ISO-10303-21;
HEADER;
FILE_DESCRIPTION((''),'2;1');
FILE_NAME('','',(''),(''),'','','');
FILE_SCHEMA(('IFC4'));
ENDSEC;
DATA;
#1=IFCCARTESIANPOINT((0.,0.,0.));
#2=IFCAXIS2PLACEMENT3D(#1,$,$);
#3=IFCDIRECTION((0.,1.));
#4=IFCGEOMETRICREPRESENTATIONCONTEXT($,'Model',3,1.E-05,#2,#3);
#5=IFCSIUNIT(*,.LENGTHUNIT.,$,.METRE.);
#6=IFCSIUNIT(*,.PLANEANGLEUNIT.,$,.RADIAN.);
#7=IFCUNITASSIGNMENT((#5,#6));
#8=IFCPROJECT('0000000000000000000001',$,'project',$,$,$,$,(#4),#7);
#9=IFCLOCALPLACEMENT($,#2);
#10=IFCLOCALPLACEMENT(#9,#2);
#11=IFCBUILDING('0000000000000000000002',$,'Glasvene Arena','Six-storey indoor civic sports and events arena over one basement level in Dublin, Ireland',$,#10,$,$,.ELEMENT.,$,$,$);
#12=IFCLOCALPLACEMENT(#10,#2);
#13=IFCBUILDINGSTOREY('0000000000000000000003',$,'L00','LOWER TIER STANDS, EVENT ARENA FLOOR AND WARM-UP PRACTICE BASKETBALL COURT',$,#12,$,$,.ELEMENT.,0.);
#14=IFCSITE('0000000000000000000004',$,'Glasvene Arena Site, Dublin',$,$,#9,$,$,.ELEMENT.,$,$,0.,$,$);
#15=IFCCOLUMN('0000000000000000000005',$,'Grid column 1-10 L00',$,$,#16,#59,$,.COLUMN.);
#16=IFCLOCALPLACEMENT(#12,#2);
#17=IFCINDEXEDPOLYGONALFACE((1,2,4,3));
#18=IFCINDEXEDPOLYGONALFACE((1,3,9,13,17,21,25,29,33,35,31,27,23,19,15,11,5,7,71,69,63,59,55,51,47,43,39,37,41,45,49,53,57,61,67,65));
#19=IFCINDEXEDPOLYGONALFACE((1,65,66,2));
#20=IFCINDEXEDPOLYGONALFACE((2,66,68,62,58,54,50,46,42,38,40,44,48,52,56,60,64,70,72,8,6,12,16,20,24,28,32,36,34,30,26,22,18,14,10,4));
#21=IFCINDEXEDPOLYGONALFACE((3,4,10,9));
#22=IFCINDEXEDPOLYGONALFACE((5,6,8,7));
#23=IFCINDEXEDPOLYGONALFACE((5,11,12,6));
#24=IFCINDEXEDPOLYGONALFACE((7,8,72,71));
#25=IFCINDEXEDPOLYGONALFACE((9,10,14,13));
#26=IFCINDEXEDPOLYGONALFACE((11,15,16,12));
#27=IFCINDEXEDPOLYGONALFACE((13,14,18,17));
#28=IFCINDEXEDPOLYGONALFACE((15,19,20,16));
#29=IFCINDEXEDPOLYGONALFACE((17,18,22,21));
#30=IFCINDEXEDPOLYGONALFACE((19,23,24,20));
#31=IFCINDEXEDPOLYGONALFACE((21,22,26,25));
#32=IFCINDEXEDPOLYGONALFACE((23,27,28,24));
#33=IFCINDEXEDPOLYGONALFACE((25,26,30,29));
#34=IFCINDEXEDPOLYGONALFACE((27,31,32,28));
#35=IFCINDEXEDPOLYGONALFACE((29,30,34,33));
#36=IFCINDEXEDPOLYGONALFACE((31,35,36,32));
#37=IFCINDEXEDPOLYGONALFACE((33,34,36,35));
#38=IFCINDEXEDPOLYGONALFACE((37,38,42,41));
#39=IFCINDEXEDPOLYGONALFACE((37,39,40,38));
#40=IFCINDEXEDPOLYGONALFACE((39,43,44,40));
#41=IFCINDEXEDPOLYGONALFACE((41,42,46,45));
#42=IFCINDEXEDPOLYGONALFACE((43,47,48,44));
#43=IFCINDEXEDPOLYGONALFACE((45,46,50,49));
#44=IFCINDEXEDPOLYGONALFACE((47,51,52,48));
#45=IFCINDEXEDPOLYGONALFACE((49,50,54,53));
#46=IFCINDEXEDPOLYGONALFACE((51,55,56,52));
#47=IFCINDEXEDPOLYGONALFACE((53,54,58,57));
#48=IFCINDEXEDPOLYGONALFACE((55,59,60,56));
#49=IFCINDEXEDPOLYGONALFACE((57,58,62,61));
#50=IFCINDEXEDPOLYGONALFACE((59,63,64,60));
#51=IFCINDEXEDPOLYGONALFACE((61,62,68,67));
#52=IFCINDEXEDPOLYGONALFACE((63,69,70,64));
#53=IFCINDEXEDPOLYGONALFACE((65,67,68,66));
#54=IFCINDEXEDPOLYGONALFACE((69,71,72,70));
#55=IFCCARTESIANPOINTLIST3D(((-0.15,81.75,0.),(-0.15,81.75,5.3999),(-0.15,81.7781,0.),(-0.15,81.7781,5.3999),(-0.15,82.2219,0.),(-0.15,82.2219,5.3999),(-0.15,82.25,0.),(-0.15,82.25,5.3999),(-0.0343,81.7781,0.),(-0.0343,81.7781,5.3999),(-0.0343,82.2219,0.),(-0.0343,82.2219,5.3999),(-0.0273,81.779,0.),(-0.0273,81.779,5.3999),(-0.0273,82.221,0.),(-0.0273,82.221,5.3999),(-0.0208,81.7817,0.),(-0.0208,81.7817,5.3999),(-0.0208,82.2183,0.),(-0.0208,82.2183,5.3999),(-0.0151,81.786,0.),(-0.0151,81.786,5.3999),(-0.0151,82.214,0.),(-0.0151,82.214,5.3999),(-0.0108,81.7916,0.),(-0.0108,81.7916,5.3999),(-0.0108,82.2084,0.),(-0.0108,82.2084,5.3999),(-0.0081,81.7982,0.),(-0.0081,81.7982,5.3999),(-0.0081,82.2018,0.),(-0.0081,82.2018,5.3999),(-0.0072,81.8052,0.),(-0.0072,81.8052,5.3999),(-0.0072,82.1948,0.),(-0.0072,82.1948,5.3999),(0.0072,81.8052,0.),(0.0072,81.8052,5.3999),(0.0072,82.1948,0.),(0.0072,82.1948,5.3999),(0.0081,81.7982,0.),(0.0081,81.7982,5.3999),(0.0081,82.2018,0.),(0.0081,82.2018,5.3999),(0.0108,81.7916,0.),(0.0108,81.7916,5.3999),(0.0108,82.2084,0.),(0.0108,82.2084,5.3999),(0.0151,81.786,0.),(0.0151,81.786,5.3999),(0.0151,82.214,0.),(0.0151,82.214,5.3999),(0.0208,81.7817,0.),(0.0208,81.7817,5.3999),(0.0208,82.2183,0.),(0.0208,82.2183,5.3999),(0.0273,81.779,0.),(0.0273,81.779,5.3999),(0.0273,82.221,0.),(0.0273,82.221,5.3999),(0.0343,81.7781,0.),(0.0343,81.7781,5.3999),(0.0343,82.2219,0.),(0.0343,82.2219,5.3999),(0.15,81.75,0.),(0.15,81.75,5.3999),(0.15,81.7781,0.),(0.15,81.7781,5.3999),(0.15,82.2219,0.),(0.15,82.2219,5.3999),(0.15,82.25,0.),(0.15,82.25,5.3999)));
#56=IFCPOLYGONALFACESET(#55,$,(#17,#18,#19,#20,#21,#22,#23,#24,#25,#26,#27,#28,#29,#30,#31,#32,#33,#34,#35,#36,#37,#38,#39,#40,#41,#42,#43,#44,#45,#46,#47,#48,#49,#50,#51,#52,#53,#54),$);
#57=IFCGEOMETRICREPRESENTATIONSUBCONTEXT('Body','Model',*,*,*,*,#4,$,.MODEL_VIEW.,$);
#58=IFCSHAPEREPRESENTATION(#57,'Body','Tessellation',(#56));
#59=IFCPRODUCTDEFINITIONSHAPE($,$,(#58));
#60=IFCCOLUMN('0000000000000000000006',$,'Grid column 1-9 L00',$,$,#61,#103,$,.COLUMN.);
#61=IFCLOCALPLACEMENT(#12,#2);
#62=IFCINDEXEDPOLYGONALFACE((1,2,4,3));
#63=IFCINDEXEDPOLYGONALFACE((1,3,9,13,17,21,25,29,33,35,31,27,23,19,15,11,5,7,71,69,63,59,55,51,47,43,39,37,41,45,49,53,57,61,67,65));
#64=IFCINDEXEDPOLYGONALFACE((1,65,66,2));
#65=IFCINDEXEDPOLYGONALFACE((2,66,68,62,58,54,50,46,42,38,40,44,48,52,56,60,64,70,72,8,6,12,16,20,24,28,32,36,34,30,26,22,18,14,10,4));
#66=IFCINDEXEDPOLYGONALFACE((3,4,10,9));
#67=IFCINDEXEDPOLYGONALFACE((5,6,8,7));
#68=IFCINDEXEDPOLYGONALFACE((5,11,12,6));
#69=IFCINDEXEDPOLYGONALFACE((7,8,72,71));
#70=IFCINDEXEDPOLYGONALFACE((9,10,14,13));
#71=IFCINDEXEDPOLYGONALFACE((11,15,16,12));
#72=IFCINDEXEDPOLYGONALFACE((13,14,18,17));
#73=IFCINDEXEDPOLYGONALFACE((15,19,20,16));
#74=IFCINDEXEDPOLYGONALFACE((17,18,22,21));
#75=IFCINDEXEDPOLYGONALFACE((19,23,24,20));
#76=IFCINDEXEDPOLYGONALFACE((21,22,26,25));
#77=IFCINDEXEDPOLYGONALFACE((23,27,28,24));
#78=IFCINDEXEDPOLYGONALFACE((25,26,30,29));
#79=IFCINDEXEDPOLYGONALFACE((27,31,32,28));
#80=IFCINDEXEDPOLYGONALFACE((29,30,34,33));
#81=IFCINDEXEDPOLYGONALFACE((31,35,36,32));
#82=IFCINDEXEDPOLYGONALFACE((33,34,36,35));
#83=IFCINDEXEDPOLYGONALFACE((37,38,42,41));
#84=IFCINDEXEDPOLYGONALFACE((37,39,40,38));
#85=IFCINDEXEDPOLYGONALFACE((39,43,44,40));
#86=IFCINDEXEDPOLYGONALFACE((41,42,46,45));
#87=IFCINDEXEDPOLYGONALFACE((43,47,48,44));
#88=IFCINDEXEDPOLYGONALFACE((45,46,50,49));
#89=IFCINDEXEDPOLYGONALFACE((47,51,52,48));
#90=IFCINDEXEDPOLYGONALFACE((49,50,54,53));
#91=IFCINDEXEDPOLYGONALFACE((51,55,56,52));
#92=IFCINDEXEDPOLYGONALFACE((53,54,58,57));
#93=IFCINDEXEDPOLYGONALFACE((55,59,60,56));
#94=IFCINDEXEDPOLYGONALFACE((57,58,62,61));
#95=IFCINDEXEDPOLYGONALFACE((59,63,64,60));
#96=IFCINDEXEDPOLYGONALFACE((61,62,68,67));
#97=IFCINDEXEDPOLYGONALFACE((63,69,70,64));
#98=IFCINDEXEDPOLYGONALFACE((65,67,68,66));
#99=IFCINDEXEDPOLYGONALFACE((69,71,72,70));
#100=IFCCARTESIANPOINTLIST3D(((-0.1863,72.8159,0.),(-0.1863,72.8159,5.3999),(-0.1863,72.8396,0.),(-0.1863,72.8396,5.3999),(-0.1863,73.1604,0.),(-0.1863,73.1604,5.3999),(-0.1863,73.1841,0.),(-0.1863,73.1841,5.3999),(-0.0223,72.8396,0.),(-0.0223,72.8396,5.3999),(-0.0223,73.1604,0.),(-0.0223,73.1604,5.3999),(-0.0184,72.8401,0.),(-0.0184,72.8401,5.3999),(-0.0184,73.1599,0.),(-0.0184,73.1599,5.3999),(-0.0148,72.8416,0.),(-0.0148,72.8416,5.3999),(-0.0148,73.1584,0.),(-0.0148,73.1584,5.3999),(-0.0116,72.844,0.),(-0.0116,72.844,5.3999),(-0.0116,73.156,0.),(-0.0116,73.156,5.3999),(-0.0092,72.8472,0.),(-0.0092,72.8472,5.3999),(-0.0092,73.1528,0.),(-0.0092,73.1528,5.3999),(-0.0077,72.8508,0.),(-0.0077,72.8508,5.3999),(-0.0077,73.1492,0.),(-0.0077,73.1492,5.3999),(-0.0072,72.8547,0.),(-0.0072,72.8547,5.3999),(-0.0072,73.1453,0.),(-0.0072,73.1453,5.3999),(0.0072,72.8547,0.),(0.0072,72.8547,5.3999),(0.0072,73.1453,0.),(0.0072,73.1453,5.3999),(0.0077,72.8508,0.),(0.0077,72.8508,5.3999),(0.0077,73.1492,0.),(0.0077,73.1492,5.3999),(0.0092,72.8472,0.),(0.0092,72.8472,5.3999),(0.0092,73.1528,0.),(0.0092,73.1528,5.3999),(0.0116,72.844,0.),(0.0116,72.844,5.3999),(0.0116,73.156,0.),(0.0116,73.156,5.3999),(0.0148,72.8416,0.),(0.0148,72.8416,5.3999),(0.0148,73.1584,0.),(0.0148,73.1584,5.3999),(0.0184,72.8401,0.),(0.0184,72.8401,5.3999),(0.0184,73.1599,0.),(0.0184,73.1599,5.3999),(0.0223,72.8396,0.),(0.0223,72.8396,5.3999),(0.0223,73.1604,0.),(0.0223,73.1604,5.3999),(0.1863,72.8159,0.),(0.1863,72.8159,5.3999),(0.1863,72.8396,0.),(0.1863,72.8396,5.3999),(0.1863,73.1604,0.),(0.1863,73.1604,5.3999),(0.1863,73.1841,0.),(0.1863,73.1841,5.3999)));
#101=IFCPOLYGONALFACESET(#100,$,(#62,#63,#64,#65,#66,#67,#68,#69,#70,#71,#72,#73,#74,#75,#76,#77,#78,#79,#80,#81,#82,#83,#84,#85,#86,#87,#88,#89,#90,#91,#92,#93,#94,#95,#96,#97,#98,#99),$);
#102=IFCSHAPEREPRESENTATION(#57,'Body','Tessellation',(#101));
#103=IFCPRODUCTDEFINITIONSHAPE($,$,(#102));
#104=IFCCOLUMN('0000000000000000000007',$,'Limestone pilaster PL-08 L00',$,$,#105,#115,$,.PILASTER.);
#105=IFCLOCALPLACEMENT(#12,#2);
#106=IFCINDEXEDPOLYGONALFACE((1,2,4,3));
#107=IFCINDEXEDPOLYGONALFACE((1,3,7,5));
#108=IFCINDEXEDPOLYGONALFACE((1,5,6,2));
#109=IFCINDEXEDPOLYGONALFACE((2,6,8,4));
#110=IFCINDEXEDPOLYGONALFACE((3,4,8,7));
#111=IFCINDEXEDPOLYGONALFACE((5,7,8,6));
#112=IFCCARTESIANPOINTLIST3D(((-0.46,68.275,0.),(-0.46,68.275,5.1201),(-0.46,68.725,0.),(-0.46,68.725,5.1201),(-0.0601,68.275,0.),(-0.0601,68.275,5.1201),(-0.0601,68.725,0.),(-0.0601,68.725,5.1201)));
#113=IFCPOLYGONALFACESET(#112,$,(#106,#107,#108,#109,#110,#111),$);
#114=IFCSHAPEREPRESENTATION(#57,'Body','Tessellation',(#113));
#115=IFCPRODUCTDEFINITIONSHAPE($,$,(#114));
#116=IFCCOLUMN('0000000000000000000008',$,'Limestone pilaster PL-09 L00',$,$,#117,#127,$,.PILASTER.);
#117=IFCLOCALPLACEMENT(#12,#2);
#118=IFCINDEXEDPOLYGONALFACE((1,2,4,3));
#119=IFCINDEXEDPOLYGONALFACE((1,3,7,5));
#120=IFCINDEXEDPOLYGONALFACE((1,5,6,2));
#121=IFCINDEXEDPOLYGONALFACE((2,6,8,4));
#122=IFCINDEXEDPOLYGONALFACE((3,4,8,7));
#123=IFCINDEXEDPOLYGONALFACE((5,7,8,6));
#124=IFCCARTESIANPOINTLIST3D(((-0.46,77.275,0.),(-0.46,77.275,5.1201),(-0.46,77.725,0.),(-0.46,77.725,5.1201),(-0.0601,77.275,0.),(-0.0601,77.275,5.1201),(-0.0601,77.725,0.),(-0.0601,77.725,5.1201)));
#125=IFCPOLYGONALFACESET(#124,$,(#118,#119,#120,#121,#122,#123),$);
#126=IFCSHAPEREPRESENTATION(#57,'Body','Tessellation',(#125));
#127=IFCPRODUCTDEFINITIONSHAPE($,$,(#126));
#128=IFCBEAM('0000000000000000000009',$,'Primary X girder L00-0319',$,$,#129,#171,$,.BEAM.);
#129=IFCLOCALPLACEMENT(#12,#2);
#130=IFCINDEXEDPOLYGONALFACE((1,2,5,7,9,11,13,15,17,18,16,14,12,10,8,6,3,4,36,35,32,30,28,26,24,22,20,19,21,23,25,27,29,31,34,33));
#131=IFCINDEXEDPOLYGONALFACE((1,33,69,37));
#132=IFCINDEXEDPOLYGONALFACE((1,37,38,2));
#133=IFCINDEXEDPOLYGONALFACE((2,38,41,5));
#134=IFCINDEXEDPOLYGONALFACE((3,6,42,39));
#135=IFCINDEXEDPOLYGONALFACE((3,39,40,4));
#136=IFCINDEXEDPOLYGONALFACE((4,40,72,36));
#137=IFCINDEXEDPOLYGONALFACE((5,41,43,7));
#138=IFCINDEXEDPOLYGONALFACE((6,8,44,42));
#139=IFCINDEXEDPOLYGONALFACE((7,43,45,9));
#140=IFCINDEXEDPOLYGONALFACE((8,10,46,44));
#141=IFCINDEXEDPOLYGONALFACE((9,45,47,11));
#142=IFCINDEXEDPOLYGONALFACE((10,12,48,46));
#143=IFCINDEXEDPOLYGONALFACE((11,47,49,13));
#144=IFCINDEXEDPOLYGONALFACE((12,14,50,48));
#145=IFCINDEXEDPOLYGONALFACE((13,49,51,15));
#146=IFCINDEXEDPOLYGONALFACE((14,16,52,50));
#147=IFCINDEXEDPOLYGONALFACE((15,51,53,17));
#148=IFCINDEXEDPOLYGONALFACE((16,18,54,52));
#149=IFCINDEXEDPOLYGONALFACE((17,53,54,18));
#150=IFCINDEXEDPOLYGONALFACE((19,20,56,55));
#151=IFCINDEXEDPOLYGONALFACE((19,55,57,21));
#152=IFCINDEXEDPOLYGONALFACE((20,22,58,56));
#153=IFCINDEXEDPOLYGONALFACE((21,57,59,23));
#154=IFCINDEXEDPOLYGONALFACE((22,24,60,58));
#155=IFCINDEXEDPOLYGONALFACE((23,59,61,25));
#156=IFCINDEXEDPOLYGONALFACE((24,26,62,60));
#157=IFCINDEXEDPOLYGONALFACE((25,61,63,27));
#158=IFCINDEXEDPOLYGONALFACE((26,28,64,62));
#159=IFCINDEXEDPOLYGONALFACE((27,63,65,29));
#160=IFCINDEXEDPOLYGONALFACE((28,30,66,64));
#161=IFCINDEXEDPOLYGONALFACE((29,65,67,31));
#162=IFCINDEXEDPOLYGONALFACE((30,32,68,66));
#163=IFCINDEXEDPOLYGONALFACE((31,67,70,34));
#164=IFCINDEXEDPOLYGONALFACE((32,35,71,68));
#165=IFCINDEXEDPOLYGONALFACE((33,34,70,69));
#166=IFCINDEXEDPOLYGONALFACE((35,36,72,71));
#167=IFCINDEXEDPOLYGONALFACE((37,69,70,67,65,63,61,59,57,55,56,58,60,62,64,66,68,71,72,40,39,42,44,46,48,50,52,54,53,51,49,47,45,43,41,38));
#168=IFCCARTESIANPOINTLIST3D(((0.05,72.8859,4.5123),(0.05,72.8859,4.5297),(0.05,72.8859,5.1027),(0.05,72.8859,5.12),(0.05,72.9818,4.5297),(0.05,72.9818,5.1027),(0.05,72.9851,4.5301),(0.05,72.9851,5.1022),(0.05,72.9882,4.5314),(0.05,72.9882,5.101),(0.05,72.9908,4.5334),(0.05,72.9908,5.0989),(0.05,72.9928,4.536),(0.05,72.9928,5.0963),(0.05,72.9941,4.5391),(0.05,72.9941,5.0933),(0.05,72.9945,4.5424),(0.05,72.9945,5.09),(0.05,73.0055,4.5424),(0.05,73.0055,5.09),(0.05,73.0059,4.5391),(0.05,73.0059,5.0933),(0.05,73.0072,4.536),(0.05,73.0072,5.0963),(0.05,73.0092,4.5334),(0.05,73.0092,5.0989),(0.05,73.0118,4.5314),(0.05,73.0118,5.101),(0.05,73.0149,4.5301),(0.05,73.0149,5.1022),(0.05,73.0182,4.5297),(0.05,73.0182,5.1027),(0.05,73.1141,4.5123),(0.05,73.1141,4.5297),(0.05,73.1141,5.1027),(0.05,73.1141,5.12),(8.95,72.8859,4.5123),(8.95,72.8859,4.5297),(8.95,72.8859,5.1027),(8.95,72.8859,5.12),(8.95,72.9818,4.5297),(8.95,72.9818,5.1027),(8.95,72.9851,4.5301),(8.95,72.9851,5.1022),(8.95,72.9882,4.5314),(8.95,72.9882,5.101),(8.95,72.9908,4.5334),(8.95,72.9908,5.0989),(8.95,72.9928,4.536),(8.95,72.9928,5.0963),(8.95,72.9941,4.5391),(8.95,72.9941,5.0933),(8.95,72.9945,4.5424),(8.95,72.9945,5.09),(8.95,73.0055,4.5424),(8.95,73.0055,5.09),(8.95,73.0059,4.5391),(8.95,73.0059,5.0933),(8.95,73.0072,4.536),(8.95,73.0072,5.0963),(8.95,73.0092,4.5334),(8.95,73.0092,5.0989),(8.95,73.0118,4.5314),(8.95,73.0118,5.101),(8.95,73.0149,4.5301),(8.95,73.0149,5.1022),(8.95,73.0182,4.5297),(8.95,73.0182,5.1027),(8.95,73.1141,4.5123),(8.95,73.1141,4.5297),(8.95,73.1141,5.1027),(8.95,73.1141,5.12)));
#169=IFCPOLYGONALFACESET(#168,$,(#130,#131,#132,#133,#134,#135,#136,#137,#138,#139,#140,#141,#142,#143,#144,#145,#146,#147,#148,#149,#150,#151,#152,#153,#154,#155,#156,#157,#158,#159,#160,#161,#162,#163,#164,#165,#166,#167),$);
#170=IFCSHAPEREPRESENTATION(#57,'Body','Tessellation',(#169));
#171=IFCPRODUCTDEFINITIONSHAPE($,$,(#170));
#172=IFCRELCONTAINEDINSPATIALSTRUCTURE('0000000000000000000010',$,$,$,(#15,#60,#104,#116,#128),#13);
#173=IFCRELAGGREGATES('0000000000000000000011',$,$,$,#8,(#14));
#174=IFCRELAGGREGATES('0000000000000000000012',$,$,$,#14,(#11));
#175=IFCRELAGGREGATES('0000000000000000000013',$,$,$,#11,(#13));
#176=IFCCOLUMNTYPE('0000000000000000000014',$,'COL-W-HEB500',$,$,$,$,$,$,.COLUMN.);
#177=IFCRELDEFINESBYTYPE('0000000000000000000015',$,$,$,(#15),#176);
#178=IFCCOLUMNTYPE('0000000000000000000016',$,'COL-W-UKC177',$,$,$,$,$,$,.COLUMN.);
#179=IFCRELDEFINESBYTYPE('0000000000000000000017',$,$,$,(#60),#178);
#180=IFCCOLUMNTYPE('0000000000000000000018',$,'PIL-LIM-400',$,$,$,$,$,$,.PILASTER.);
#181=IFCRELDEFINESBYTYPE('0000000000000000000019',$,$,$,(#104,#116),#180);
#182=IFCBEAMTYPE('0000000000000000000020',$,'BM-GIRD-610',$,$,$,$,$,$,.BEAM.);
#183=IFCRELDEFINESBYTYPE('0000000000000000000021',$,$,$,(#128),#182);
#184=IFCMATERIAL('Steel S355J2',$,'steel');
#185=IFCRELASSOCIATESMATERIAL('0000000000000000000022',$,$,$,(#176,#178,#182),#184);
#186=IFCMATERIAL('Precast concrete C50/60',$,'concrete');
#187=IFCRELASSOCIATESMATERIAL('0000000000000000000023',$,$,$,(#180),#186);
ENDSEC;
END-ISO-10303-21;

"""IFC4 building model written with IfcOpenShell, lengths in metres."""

from ifc_helpers import new_model, si_unit, direction, frame, origin, origin_2d, place, context, subcontext, project, spatial, rectangle, i_section, extrude, material, material_profile, profile_set, type_object, element, save


model = new_model("IFC4")

# Units and contexts
model_context = context("Model", 3, precision=1e-05, world=origin(), true_north=direction((0.0, 1.0)))
body_context = subcontext(model_context, "Body", "Model", "MODEL_VIEW")
ifc_project = project(units=[si_unit("LENGTHUNIT", "METRE"), si_unit("PLANEANGLEUNIT", "RADIAN")], contexts=[model_context])

# Site, building, storey
site_placement = place(None, origin())
site = spatial("IfcSite", under=ifc_project, at=site_placement, Name="Glasvene Arena Site, Dublin", CompositionType="ELEMENT", RefElevation=0.0)
building_placement = place(site_placement, origin())
building = spatial("IfcBuilding", under=site, at=building_placement, Name="Glasvene Arena", Description="Six-storey indoor civic sports and events arena over one basement level in Dublin, Ireland", CompositionType="ELEMENT")
storey_placement = place(building_placement, origin())
storey = spatial("IfcBuildingStorey", under=building, at=storey_placement, Name="L00", Description="LOWER TIER STANDS, EVENT ARENA FLOOR AND WARM-UP PRACTICE BASKETBALL COURT", CompositionType="ELEMENT", Elevation=0.0)

# Columns
ifc_material_1 = material(Name="Steel S355J2", Category="steel")
ifc_material_profile_1 = material_profile(ifc_material_1, i_section(OverallWidth=0.3, OverallDepth=0.5, WebThickness=0.0144, FlangeThickness=0.0281, FilletRadius=0.0271, at=origin_2d()), Name="HEB 500")
ifc_profile_set_1 = profile_set([ifc_material_profile_1], Name="Steel S355J2")
column_type_1 = type_object("IfcColumnType", Name="COL-W-HEB500", PredefinedType="COLUMN", material=ifc_profile_set_1)
column_1_placement = place(storey_placement, frame((0.0, 82.0, 0.0), z_axis=(0.0, 0.0, 1.0), x_axis=(1.0, 0.0, 0.0)))
element("IfcColumn", 1, at=column_1_placement, inside=storey, type_object=column_type_1, Name="Grid column 1-10 L00", PredefinedType="COLUMN", context=body_context, shape_type="SweptSolid", body=[
    extrude(i_section(OverallWidth=0.3, OverallDepth=0.5, WebThickness=0.0144, FlangeThickness=0.0281, FilletRadius=0.0271, at=origin_2d()), origin(), (0.0, 0.0, 1.0), 5.3999),
])
ifc_material_profile_2 = material_profile(ifc_material_1, i_section(OverallWidth=0.3726, OverallDepth=0.3682, WebThickness=0.0144, FlangeThickness=0.0237, FilletRadius=0.0151, at=origin_2d()), Name="UKC 356x368x177")
ifc_profile_set_2 = profile_set([ifc_material_profile_2], Name="Steel S355J2")
column_type_2 = type_object("IfcColumnType", Name="COL-W-UKC177", PredefinedType="COLUMN", material=ifc_profile_set_2)
column_2_placement = place(storey_placement, frame((0.0, 73.0, 0.0), z_axis=(0.0, 0.0, 1.0), x_axis=(1.0, 0.0, 0.0)))
element("IfcColumn", 2, at=column_2_placement, inside=storey, type_object=column_type_2, Name="Grid column 1-9 L00", PredefinedType="COLUMN", context=body_context, shape_type="SweptSolid", body=[
    extrude(i_section(OverallWidth=0.3726, OverallDepth=0.3682, WebThickness=0.0144, FlangeThickness=0.0237, FilletRadius=0.0151, at=origin_2d()), origin(), (0.0, 0.0, 1.0), 5.3999),
])
ifc_material_2 = material(Name="Precast concrete C50/60", Category="concrete")
ifc_material_profile_3 = material_profile(ifc_material_2, rectangle(XDim=0.3999, YDim=0.45, at=origin_2d()), Name="RC 400x450")
ifc_profile_set_3 = profile_set([ifc_material_profile_3], Name="Precast concrete C50/60")
column_type_3 = type_object("IfcColumnType", Name="PIL-LIM-400", PredefinedType="PILASTER", material=ifc_profile_set_3)
for number, where, z_axis, x_axis, name in (
    (3, (-0.26, 68.5, 0.0), (0.0, 0.0, 1.0), (1.0, 0.0, 0.0), "Limestone pilaster PL-08 L00"),
    (4, (-0.26, 77.5, 0.0), (0.0, 0.0, 1.0), (1.0, 0.0, 0.0), "Limestone pilaster PL-09 L00"),
):
    element("IfcColumn", number, at=place(storey_placement, frame(where, z_axis=z_axis, x_axis=x_axis)), inside=storey, type_object=column_type_3, Name=name, PredefinedType="PILASTER", context=body_context, shape_type="SweptSolid", body=[
        extrude(rectangle(XDim=0.3999, YDim=0.45, at=origin_2d()), origin(), (0.0, 0.0, 1.0), 5.1201),
    ])

# Beam
ifc_material_profile_4 = material_profile(ifc_material_1, i_section(OverallWidth=0.2283, OverallDepth=0.6077, WebThickness=0.011, FlangeThickness=0.0173, FilletRadius=0.0127, at=origin_2d()), Name="UKB 610x229x113")
ifc_profile_set_4 = profile_set([ifc_material_profile_4], Name="Steel S355J2")
beam_type_1 = type_object("IfcBeamType", Name="BM-GIRD-610", PredefinedType="BEAM", material=ifc_profile_set_4)
beam_1_placement = place(storey_placement, frame((0.05, 73.0, 4.8162), z_axis=(1.0, 0.0, 0.0), x_axis=(0.0, 1.0, 0.0)))
element("IfcBeam", 5, at=beam_1_placement, inside=storey, type_object=beam_type_1, Name="Primary X girder L00-0319", PredefinedType="BEAM", context=body_context, shape_type="SweptSolid", body=[
    extrude(i_section(OverallWidth=0.2283, OverallDepth=0.6077, WebThickness=0.011, FlangeThickness=0.0173, FilletRadius=0.0127, at=origin_2d()), origin(), (0.0, 0.0, 1.0), 8.8999),
])

save(model, "model.ifc")
